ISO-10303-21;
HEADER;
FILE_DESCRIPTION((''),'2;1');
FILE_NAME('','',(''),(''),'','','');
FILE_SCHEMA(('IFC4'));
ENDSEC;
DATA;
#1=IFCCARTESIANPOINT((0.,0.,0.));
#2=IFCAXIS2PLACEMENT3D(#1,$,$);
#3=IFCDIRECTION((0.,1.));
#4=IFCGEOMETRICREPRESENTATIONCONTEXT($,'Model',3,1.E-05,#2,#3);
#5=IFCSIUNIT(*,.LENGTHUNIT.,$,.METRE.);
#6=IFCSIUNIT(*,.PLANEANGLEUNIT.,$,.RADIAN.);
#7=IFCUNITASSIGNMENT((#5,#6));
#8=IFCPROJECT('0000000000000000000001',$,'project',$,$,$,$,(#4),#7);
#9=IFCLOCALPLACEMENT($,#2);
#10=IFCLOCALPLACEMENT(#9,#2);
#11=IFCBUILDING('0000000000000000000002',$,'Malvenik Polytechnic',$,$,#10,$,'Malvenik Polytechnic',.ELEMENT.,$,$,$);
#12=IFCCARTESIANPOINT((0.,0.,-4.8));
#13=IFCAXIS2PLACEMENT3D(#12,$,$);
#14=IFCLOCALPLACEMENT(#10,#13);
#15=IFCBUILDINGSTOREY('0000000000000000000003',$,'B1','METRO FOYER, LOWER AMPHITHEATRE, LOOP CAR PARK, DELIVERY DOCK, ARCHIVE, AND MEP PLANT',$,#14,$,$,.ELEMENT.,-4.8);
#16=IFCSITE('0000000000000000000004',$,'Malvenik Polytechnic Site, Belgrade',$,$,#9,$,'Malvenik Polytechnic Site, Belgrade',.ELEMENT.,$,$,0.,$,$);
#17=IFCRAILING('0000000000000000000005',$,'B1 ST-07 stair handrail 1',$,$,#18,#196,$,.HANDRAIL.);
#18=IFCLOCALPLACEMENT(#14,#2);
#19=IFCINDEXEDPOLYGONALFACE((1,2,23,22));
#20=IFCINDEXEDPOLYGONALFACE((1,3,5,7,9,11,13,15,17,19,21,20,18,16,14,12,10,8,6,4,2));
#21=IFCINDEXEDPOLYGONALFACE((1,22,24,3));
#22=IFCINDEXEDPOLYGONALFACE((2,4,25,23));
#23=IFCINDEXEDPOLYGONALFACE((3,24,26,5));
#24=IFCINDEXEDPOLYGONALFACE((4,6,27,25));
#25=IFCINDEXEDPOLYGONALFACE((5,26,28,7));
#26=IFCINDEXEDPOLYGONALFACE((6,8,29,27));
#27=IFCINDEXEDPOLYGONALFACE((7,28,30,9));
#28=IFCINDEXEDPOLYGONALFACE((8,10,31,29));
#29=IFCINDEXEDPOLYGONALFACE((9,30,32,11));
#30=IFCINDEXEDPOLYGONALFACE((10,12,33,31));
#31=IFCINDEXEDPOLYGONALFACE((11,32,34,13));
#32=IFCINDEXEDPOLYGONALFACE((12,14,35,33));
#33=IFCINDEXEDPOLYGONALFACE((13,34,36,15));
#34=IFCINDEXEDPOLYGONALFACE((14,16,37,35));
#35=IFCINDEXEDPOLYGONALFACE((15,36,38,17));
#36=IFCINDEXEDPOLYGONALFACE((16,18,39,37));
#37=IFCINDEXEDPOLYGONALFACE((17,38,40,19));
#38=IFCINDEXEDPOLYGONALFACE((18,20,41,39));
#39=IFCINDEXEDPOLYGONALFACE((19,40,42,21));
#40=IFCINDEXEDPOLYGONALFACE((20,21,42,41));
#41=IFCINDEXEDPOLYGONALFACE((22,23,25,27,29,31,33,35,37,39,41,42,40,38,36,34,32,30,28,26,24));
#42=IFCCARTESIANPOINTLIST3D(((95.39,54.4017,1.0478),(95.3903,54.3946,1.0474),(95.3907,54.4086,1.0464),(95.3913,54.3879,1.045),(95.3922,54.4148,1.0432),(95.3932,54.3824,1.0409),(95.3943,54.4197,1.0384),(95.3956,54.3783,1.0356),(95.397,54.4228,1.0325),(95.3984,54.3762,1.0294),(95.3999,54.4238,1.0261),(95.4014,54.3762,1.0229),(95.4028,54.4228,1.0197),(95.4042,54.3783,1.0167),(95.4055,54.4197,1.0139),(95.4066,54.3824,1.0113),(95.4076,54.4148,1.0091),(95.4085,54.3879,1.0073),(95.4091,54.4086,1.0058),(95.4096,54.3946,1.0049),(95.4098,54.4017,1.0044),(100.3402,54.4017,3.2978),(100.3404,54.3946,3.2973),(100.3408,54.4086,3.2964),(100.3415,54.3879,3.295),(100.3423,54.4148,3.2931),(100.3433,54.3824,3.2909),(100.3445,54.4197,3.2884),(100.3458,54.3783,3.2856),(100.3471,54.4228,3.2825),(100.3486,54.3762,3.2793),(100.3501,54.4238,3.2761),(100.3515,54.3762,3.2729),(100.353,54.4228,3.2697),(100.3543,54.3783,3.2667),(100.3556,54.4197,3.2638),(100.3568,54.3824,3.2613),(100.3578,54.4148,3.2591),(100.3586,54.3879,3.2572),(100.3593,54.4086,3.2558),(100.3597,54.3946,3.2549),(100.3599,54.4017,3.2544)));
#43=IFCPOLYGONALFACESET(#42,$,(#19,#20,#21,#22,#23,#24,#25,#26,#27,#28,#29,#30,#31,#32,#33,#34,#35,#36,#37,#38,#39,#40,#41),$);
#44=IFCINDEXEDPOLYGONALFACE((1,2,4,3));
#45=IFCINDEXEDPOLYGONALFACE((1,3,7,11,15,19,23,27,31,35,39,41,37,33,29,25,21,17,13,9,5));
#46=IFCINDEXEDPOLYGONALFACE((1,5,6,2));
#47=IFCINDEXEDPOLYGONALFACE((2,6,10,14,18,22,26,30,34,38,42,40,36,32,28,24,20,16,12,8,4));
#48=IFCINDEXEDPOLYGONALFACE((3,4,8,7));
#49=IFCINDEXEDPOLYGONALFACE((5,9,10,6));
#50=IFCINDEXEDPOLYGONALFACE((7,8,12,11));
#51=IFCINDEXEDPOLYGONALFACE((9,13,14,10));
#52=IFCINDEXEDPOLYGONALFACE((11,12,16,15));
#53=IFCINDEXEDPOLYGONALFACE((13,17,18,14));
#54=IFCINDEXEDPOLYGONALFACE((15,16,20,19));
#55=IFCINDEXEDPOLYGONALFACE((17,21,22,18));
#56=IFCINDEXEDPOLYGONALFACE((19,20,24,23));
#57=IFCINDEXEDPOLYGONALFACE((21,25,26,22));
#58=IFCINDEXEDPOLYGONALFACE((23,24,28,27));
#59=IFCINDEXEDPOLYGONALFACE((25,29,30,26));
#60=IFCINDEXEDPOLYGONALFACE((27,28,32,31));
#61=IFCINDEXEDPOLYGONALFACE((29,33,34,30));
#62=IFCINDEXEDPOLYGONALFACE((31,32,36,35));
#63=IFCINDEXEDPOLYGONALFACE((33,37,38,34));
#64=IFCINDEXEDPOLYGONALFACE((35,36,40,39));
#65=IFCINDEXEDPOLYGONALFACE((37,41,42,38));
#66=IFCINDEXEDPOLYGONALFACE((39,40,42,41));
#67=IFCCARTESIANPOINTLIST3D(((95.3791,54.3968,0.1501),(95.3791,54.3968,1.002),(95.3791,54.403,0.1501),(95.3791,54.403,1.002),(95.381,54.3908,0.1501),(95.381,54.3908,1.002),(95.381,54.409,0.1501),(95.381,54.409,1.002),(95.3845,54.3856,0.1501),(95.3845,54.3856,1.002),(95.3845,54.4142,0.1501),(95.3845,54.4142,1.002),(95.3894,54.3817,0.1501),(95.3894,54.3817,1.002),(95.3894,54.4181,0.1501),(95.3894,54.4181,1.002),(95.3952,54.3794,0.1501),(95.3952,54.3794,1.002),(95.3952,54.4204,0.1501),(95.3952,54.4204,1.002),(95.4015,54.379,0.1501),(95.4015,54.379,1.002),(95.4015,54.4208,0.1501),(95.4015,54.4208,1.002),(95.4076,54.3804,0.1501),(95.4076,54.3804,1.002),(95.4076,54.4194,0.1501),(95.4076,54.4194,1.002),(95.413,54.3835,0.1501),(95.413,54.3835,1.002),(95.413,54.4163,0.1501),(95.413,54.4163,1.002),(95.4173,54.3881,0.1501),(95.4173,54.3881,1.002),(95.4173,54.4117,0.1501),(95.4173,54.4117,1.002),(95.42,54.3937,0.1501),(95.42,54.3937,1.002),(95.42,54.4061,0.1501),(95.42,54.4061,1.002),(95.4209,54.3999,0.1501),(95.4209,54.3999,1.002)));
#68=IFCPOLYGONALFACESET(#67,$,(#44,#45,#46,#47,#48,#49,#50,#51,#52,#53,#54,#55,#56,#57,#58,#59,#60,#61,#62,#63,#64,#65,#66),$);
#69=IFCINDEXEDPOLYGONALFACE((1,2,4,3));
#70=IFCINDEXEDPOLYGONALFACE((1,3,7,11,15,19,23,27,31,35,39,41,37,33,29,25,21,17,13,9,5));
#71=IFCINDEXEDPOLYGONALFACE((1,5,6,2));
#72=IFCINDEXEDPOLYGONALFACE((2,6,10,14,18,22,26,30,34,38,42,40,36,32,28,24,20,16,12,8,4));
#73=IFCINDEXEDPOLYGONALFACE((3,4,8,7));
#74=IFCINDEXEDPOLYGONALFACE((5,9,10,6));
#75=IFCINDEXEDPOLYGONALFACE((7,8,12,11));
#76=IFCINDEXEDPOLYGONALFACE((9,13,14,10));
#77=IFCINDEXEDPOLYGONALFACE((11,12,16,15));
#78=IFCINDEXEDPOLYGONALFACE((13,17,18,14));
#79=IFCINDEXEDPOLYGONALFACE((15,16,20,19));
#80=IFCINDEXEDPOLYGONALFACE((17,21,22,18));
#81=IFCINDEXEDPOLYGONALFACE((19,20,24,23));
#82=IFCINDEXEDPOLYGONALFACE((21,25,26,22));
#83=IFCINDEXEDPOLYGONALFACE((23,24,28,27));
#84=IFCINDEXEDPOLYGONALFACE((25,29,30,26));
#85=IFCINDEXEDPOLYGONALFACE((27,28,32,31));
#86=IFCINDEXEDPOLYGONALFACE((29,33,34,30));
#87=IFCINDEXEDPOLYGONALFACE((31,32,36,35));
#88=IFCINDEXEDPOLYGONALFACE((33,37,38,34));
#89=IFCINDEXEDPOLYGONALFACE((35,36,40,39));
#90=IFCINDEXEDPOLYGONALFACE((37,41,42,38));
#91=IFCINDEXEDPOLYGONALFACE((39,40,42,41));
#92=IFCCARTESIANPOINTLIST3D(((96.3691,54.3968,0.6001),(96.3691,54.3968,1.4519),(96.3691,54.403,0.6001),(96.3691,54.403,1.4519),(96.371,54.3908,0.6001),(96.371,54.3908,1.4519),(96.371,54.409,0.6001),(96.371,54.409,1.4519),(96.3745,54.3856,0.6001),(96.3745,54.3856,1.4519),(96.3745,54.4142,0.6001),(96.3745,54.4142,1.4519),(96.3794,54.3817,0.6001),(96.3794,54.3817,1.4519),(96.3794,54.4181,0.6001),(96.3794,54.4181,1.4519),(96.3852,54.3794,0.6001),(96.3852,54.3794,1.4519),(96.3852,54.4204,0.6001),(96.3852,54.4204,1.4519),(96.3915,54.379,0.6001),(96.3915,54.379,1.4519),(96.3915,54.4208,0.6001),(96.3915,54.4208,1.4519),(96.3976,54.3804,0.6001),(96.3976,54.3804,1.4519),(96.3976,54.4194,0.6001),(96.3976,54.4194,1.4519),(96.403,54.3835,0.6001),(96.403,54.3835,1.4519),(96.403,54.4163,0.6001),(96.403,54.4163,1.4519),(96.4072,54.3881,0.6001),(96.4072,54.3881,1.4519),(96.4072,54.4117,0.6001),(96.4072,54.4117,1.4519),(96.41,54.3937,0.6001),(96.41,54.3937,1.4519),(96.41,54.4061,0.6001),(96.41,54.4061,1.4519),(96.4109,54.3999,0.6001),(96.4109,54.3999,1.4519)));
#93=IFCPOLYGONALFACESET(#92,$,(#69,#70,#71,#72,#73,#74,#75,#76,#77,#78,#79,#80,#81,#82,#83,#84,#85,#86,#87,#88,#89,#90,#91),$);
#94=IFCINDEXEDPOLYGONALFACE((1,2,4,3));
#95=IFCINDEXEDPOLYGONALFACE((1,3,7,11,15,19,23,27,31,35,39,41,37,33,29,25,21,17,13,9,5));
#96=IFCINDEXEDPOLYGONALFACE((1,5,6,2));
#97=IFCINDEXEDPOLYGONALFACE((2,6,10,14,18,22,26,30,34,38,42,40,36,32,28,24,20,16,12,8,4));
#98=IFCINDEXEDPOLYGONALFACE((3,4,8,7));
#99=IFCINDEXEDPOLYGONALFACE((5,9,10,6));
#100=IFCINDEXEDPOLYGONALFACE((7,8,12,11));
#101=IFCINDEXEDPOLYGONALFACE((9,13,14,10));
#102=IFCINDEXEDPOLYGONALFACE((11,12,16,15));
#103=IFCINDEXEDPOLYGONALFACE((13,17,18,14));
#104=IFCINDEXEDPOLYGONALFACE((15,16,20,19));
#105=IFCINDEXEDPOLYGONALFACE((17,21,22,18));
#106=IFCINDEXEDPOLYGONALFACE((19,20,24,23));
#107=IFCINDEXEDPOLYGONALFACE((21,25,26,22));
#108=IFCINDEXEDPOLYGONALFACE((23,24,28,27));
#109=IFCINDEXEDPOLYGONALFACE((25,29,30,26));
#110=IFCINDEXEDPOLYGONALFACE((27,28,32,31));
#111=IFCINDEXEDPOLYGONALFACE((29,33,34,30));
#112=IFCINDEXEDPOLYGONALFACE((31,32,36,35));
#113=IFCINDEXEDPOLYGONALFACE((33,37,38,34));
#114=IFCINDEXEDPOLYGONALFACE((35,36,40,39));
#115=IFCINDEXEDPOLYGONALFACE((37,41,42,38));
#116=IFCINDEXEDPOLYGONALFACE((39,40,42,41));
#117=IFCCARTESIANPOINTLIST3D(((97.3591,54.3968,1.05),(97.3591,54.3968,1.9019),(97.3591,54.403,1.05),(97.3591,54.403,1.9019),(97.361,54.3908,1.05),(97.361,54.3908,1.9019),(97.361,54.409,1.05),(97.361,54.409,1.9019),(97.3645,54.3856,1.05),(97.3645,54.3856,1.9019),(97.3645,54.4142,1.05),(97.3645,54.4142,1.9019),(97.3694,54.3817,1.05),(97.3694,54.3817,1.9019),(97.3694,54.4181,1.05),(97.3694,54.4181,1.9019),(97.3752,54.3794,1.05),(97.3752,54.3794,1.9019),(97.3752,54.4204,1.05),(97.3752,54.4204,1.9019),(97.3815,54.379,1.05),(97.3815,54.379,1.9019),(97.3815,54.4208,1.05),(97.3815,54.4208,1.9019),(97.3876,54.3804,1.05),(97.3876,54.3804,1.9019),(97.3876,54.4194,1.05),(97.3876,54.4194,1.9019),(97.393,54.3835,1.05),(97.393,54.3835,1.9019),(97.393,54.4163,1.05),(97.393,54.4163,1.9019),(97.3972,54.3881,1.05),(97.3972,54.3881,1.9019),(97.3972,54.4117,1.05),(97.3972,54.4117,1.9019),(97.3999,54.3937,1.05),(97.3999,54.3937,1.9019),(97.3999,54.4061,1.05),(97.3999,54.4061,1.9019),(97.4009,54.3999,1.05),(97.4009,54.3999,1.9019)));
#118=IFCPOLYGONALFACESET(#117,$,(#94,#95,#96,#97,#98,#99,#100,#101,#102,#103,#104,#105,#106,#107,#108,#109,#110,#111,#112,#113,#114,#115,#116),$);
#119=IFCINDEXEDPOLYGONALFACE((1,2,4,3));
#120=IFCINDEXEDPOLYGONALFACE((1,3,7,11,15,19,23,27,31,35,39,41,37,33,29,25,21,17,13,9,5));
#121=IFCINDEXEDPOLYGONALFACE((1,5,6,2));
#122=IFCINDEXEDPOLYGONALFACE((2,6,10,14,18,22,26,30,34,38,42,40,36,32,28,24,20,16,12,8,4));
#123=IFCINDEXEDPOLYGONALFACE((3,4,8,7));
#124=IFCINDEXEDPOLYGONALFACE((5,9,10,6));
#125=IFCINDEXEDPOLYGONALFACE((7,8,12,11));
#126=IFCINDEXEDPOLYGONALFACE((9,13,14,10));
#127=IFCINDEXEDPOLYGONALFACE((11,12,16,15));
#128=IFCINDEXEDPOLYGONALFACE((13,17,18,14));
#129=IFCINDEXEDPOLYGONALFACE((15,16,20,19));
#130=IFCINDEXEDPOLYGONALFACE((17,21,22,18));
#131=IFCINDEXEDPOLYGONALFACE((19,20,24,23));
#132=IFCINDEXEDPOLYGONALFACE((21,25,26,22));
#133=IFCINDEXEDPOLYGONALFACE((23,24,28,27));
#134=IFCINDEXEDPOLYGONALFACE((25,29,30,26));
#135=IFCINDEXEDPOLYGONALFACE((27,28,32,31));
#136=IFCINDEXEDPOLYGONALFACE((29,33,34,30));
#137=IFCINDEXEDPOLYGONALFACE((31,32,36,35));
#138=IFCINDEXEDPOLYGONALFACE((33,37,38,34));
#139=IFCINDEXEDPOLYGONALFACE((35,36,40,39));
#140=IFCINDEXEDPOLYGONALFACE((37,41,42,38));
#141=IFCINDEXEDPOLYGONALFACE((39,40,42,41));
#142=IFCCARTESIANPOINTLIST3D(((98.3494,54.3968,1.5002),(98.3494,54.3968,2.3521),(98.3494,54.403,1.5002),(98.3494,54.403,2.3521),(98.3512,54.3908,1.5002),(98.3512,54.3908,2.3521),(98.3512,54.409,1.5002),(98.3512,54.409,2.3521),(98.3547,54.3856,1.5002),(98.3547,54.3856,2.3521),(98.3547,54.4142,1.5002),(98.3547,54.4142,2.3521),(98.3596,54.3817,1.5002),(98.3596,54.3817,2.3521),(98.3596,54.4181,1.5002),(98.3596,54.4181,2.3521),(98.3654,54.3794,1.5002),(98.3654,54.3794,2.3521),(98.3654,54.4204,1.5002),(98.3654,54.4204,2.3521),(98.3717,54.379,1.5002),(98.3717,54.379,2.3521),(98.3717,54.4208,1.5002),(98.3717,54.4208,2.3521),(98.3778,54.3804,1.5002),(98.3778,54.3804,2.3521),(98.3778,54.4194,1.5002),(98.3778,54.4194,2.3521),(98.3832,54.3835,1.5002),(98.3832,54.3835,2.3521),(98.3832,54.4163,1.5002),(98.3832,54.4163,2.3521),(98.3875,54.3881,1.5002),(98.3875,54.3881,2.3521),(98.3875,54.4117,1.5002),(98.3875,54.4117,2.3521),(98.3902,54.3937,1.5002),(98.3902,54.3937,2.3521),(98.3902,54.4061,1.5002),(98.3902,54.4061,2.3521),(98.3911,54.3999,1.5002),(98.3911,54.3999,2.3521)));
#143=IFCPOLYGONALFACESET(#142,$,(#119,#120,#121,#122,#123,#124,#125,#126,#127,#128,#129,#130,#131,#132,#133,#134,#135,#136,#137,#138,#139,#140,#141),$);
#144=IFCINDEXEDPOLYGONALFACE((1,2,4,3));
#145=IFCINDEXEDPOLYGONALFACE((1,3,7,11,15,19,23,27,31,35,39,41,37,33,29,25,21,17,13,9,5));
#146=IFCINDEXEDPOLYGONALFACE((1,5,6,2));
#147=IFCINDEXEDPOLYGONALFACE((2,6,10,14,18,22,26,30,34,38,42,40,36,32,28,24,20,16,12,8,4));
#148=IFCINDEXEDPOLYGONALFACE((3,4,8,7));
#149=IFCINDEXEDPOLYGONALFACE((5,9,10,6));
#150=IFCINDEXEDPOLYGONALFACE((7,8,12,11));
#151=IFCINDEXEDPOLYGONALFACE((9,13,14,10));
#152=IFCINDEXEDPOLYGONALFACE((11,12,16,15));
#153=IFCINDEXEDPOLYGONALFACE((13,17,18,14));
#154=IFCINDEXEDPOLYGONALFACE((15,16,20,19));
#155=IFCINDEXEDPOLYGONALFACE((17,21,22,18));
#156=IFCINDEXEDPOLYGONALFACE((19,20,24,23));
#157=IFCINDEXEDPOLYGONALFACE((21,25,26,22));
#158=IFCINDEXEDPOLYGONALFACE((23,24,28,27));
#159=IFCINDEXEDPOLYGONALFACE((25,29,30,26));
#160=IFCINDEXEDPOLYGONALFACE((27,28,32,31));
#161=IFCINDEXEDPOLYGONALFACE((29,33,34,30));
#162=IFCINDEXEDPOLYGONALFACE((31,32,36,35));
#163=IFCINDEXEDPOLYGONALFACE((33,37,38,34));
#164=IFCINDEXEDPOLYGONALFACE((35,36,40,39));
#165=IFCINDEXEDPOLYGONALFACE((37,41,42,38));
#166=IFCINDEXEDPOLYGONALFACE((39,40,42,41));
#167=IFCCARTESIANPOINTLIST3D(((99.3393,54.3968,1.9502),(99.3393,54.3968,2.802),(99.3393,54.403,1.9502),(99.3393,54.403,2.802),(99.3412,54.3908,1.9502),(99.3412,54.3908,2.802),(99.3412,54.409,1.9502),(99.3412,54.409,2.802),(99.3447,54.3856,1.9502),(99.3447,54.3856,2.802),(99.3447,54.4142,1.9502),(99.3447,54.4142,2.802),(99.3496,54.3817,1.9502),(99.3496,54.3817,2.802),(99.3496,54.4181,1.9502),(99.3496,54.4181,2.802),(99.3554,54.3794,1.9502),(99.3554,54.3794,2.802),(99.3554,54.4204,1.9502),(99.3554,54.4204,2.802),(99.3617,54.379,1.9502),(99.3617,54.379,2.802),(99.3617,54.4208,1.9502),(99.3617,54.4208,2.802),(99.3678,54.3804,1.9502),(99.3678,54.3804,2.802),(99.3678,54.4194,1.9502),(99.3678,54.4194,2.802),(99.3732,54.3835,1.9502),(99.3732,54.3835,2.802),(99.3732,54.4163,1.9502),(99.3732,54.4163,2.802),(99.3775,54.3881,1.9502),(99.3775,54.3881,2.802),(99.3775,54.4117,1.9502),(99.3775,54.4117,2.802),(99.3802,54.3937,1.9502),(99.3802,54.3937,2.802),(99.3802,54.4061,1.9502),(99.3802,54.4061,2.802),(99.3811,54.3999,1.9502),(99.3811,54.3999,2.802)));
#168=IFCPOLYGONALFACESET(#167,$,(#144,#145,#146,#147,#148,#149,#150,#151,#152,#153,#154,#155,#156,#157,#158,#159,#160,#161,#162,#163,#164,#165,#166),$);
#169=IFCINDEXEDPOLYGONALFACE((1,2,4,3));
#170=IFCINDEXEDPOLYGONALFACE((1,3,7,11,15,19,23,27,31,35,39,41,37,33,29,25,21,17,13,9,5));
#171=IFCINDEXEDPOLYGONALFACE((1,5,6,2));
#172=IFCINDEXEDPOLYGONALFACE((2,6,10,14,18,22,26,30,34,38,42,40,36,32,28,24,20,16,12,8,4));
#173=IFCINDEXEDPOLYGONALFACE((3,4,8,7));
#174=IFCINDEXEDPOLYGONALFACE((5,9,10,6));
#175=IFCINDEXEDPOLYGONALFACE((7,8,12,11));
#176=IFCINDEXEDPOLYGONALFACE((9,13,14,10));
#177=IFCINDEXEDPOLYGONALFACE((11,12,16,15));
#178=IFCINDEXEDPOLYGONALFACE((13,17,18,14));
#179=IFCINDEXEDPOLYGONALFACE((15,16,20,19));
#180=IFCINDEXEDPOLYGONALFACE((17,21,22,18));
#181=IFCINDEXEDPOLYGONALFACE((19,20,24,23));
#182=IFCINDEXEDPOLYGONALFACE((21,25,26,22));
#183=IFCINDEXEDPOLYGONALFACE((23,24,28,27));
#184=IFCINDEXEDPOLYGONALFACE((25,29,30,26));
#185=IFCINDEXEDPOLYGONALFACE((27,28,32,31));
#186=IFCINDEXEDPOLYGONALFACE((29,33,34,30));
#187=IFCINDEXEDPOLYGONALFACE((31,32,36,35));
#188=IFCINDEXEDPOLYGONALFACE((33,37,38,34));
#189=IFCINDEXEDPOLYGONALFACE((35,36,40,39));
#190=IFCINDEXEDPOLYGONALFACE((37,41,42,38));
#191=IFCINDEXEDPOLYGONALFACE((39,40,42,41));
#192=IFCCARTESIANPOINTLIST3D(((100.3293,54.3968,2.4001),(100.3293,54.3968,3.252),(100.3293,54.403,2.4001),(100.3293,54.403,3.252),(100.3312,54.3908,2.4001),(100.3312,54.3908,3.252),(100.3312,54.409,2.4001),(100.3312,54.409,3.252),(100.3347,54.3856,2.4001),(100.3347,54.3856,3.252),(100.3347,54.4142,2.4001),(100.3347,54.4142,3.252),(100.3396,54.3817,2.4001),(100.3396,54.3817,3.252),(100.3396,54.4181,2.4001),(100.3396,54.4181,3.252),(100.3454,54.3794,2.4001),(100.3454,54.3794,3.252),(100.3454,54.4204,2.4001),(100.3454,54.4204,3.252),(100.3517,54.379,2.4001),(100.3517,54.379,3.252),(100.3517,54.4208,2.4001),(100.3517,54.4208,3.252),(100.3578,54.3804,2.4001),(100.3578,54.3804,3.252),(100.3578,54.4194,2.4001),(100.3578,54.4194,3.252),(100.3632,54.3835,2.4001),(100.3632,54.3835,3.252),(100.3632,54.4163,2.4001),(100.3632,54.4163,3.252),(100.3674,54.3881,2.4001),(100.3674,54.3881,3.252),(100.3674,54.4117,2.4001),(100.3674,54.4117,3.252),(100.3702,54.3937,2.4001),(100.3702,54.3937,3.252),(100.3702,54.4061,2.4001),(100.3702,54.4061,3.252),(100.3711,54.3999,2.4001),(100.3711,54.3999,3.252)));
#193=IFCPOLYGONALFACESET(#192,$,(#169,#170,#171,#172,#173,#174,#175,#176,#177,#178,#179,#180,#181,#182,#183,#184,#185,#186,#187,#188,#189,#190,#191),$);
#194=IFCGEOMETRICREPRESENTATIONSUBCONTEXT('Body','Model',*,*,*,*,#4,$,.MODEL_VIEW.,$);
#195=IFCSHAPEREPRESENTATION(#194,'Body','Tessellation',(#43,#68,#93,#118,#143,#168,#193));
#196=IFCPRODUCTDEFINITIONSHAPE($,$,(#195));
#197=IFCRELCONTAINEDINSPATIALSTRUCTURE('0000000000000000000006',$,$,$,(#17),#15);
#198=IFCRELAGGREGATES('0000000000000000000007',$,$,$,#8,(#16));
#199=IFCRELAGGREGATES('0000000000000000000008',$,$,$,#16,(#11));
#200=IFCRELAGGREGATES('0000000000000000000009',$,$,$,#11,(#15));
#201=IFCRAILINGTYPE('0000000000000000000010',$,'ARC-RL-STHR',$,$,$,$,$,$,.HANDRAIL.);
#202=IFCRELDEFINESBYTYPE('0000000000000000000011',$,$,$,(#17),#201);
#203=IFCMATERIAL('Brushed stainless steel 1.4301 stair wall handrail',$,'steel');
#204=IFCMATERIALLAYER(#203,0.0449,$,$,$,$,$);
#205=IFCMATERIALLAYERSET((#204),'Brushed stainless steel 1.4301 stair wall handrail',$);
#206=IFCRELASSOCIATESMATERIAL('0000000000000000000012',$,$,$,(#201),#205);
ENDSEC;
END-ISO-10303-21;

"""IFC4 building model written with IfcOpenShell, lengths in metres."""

from ifc_helpers import new_model, si_unit, direction, frame, origin, origin_2d, place, context, subcontext, project, spatial, circle, extrude, material, layer, layer_set, type_object, element, save


model = new_model("IFC4")

# Units and contexts
model_context = context("Model", 3, precision=1e-05, world=origin(), true_north=direction((0.0, 1.0)))
body_context = subcontext(model_context, "Body", "Model", "MODEL_VIEW")
ifc_project = project(units=[si_unit("LENGTHUNIT", "METRE"), si_unit("PLANEANGLEUNIT", "RADIAN")], contexts=[model_context])

# Site, building, storey
site_placement = place(None, origin())
site = spatial("IfcSite", under=ifc_project, at=site_placement, Name="Malvenik Polytechnic Site, Belgrade", LongName="Malvenik Polytechnic Site, Belgrade", CompositionType="ELEMENT", RefElevation=0.0)
building_placement = place(site_placement, origin())
building = spatial("IfcBuilding", under=site, at=building_placement, Name="Malvenik Polytechnic", LongName="Malvenik Polytechnic", CompositionType="ELEMENT")
storey_placement = place(building_placement, frame((0.0, 0.0, -4.8)))
storey = spatial("IfcBuildingStorey", under=building, at=storey_placement, Name="B1", Description="METRO FOYER, LOWER AMPHITHEATRE, LOOP CAR PARK, DELIVERY DOCK, ARCHIVE, AND MEP PLANT", CompositionType="ELEMENT", Elevation=-4.8)

# Railing
ifc_material_1 = material(Name="Brushed stainless steel 1.4301 stair wall handrail", Category="steel")
ifc_layer_1 = layer(ifc_material_1, 0.0449)
ifc_layer_set_1 = layer_set([ifc_layer_1], Name="Brushed stainless steel 1.4301 stair wall handrail")
railing_type_1 = type_object("IfcRailingType", Name="ARC-RL-STHR", PredefinedType="HANDRAIL", material=ifc_layer_set_1)
railing_1_placement = place(storey_placement, frame((95.3999, 54.3999, 0.1501)))
element("IfcRailing", 1, at=railing_1_placement, inside=storey, type_object=railing_type_1, Name="B1 ST-07 stair handrail 1", PredefinedType="HANDRAIL", context=body_context, shape_type="SweptSolid", body=[
    extrude(circle(Radius=0.0239, at=origin_2d()), frame((0.0, 0.0, 0.876), z_axis=(0.910373, 0.0, 0.413789), x_axis=(0.0, 1.0, 0.0)), (0.0, 0.0, 1.0), 5.4375),
    extrude(circle(Radius=0.021, at=origin_2d()), origin(), (0.0, 0.0, 1.0), 0.8518),
    extrude(circle(Radius=0.021, at=origin_2d()), frame((0.99, 0.0, 0.45)), (0.0, 0.0, 1.0), 0.8518),
    extrude(circle(Radius=0.021, at=origin_2d()), frame((1.98, 0.0, 0.8999)), (0.0, 0.0, 1.0), 0.8518),
    extrude(circle(Radius=0.021, at=origin_2d()), frame((2.9702, 0.0, 1.3501)), (0.0, 0.0, 1.0), 0.8518),
    extrude(circle(Radius=0.021, at=origin_2d()), frame((3.9602, 0.0, 1.8)), (0.0, 0.0, 1.0), 0.8518),
    extrude(circle(Radius=0.021, at=origin_2d()), frame((4.9502, 0.0, 2.25)), (0.0, 0.0, 1.0), 0.8518),
])

save(model, "model.ifc")
